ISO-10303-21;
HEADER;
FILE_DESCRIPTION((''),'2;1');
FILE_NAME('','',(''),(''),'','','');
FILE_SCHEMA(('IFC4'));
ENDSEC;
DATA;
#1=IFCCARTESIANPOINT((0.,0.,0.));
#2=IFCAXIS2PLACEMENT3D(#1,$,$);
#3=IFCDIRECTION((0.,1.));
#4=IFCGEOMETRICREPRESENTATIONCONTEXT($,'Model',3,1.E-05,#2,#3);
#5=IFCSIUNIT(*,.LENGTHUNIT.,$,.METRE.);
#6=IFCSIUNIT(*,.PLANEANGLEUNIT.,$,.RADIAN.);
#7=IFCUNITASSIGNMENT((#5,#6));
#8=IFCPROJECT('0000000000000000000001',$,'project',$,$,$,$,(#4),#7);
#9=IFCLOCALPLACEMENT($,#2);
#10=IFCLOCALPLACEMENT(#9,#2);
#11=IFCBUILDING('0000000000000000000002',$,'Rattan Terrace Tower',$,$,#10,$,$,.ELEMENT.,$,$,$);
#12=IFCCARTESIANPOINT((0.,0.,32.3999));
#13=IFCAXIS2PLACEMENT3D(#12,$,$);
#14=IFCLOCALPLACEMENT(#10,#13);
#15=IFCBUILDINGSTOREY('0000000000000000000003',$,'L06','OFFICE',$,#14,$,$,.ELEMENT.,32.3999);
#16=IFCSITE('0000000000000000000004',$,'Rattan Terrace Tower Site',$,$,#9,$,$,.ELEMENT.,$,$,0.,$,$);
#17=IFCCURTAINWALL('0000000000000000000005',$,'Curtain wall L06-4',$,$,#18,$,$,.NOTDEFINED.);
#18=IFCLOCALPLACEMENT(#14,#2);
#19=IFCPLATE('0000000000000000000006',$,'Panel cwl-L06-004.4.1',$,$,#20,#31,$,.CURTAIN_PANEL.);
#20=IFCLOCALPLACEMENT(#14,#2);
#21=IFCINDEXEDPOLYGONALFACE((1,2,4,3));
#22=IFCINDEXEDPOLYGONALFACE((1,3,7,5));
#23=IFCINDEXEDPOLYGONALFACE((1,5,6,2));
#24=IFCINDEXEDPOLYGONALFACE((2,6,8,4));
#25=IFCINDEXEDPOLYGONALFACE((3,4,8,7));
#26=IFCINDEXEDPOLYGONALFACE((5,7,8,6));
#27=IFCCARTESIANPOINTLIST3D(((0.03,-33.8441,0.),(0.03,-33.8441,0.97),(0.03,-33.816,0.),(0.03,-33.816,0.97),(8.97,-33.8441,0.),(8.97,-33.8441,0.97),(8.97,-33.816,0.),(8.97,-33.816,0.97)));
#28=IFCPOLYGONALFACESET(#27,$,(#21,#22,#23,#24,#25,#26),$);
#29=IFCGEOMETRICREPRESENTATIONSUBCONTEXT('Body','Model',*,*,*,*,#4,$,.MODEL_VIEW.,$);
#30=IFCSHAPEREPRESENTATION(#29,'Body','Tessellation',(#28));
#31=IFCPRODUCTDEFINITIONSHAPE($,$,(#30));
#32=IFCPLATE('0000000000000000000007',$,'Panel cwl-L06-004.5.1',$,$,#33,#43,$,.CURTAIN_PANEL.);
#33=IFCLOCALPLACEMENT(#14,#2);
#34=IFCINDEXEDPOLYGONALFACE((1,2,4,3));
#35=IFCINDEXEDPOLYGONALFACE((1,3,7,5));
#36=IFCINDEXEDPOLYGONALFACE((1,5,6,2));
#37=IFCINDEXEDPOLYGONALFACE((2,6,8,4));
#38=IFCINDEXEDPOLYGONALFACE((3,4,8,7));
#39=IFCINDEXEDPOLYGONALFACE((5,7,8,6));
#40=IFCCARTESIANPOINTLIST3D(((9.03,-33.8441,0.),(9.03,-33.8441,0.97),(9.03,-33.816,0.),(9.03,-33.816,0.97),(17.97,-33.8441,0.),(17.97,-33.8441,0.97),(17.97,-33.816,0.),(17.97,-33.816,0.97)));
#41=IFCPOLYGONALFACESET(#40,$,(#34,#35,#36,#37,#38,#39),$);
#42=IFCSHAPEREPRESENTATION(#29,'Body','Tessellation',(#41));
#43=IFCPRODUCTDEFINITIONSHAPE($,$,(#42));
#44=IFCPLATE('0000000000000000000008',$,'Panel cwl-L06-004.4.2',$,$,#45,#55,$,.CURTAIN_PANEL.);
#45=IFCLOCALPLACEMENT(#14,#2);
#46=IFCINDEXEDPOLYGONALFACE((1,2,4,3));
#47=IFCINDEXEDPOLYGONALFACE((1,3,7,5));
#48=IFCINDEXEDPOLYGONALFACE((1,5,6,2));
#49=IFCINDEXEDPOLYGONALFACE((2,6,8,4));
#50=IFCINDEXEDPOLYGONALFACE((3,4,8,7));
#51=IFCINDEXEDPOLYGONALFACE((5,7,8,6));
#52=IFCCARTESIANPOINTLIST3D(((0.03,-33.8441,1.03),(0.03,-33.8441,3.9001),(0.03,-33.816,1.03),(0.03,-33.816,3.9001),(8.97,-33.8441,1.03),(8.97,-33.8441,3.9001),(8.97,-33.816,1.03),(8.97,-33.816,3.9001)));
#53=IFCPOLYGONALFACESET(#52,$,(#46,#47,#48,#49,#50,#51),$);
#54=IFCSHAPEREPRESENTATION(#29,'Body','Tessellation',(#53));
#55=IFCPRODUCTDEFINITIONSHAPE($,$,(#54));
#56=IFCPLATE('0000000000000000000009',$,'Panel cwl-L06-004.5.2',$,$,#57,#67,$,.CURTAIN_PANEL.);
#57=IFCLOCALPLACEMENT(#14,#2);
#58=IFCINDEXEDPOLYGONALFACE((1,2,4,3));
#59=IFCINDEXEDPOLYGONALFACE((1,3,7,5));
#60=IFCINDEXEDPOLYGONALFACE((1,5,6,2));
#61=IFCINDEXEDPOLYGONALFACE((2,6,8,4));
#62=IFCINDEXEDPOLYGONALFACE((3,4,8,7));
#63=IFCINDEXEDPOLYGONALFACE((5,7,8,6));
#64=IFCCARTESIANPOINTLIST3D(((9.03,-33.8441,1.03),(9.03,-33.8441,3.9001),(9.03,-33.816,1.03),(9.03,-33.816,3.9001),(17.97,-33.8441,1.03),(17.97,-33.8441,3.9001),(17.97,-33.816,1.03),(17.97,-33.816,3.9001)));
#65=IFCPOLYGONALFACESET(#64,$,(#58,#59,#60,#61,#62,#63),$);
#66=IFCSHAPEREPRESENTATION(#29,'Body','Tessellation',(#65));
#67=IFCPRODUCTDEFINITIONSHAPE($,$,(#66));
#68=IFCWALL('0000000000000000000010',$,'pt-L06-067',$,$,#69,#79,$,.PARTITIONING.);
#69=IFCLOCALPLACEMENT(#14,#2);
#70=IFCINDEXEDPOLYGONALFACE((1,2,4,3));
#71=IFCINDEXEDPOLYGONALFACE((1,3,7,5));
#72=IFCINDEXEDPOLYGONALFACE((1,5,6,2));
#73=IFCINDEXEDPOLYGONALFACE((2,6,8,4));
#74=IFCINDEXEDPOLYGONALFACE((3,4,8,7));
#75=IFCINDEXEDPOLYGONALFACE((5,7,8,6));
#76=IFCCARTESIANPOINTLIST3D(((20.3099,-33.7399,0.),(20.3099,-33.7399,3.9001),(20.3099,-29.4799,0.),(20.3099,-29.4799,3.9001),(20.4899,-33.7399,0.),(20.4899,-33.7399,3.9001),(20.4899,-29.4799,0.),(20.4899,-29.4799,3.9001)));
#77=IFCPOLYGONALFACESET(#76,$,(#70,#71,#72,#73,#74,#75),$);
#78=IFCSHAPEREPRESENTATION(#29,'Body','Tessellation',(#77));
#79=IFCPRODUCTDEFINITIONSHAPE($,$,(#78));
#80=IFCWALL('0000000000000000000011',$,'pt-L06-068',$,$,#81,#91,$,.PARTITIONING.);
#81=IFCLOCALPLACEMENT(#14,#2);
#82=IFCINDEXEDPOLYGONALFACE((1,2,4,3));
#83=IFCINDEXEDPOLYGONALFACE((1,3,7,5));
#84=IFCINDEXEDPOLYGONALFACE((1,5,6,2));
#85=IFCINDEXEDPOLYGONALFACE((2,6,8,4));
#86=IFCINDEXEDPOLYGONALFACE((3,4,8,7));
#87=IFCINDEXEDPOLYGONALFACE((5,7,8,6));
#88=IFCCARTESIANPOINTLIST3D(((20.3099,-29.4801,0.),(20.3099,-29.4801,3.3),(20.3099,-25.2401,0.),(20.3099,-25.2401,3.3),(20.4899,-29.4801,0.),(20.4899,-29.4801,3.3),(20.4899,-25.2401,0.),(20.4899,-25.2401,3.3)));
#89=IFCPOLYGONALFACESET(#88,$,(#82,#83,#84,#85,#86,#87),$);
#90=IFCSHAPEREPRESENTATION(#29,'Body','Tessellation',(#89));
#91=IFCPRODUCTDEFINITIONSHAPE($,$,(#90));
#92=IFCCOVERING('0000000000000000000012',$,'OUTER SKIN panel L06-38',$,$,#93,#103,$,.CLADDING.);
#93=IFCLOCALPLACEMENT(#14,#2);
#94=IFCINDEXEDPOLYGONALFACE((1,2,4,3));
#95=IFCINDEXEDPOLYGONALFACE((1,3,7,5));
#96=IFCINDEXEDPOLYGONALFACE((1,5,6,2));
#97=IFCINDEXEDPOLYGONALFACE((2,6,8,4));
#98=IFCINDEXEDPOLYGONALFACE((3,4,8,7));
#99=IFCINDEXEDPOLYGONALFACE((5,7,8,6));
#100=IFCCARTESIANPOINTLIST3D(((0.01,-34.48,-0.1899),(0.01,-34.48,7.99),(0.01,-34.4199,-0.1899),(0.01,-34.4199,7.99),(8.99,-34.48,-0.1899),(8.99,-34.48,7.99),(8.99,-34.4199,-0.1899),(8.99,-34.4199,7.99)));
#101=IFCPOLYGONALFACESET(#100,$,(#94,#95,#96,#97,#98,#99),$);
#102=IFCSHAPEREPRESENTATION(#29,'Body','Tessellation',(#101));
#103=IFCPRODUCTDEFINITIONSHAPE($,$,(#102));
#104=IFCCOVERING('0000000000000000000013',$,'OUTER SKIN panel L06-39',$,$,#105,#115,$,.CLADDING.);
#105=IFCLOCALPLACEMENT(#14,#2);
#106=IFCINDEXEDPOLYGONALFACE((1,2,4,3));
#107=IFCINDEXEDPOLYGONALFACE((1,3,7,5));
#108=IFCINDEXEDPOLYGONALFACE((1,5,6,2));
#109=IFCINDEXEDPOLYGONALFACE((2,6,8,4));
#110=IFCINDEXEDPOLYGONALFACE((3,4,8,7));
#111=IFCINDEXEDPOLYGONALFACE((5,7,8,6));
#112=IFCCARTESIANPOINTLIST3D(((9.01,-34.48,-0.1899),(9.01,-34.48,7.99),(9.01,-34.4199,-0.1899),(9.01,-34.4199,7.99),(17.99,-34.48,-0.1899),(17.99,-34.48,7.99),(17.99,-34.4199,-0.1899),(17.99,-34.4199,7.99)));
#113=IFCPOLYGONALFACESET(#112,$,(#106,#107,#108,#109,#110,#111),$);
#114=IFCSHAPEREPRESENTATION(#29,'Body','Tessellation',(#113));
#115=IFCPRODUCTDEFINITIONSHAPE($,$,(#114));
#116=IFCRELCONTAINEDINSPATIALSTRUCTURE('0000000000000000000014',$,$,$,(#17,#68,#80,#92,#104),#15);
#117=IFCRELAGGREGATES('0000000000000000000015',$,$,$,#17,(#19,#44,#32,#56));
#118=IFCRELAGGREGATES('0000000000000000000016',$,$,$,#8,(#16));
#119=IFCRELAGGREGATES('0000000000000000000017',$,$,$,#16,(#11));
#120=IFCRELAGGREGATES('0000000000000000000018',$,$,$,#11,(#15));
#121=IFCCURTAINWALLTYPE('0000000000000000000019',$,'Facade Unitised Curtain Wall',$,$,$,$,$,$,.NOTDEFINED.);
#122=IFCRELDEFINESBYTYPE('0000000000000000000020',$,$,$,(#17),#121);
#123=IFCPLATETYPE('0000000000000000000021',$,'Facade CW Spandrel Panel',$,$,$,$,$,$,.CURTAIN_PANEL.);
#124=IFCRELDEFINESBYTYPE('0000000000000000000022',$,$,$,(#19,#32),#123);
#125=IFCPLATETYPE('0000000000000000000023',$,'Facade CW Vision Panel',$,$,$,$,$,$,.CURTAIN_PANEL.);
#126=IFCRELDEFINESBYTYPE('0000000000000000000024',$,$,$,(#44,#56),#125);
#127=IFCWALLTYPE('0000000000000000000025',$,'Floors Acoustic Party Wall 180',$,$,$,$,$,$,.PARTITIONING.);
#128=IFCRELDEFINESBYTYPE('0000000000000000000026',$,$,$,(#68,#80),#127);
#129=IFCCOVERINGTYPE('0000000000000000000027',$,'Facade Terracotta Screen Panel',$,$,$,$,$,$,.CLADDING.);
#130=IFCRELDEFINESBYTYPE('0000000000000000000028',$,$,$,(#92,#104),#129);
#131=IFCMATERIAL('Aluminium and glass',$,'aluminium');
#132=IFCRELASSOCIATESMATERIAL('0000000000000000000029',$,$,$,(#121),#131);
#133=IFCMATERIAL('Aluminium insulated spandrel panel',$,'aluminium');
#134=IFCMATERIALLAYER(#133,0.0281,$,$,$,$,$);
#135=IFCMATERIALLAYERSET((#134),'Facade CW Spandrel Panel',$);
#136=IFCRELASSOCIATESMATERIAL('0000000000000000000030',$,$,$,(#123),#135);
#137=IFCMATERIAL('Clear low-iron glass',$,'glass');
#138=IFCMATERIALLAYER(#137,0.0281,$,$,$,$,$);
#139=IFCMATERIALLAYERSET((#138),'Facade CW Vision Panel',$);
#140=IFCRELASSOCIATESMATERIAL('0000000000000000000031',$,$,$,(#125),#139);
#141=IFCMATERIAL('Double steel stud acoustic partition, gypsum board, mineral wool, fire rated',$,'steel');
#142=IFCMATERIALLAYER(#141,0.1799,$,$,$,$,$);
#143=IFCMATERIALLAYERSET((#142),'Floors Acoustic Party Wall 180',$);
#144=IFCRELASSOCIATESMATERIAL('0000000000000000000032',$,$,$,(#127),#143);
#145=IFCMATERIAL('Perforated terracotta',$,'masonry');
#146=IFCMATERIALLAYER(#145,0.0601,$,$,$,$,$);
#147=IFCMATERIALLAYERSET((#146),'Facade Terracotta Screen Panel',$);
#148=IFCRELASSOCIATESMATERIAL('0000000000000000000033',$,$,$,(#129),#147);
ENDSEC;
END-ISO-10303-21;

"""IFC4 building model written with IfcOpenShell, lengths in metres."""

from ifc_helpers import new_model, si_unit, direction, frame, frame_2d, origin, origin_2d, place, context, subcontext, project, spatial, rectangle, extrude, material, layer, layer_set, type_object, element, aggregate, save


model = new_model("IFC4")

# Units and contexts
model_context = context("Model", 3, precision=1e-05, world=origin(), true_north=direction((0.0, 1.0)))
body_context = subcontext(model_context, "Body", "Model", "MODEL_VIEW")
ifc_project = project(units=[si_unit("LENGTHUNIT", "METRE"), si_unit("PLANEANGLEUNIT", "RADIAN")], contexts=[model_context])

# Site, building, storey
site_placement = place(None, origin())
site = spatial("IfcSite", under=ifc_project, at=site_placement, Name="Rattan Terrace Tower Site", CompositionType="ELEMENT", RefElevation=0.0)
building_placement = place(site_placement, origin())
building = spatial("IfcBuilding", under=site, at=building_placement, Name="Rattan Terrace Tower", CompositionType="ELEMENT")
storey_placement = place(building_placement, frame((0.0, 0.0, 32.3999)))
storey = spatial("IfcBuildingStorey", under=building, at=storey_placement, Name="L06", Description="OFFICE", CompositionType="ELEMENT", Elevation=32.3999)

# Curtain wall
ifc_material_1 = material(Name="Aluminium and glass", Category="aluminium")
curtain_wall_type = type_object("IfcCurtainWallType", Name="Facade Unitised Curtain Wall", PredefinedType="NOTDEFINED", material=ifc_material_1)
curtain_wall_placement = place(storey_placement, origin())
curtain_wall = element("IfcCurtainWall", 1, at=curtain_wall_placement, inside=storey, type_object=curtain_wall_type, Name="Curtain wall L06-4", PredefinedType="NOTDEFINED")

# Plates
ifc_material_2 = material(Name="Aluminium insulated spandrel panel", Category="aluminium")
ifc_layer_1 = layer(ifc_material_2, 0.0281)
ifc_layer_set_1 = layer_set([ifc_layer_1], Name="Facade CW Spandrel Panel")
plate_type_1 = type_object("IfcPlateType", Name="Facade CW Spandrel Panel", PredefinedType="CURTAIN_PANEL", material=ifc_layer_set_1)
plate_1_placement = place(storey_placement, frame((4.5, -33.8301, 0.0), z_axis=(0.0, 0.0, 1.0), x_axis=(1.0, 0.0, 0.0)))
plate_1 = element("IfcPlate", 2, at=plate_1_placement, type_object=plate_type_1, Name="Panel cwl-L06-004.4.1", PredefinedType="CURTAIN_PANEL", context=body_context, shape_type="SweptSolid", body=[
    extrude(rectangle(XDim=8.9399, YDim=0.0281, at=origin_2d()), origin(), (0.0, 0.0, 1.0), 0.97),
])
plate_2_placement = place(storey_placement, frame((13.5, -33.8301, 0.0), z_axis=(0.0, 0.0, 1.0), x_axis=(1.0, 0.0, 0.0)))
plate_2 = element("IfcPlate", 3, at=plate_2_placement, type_object=plate_type_1, Name="Panel cwl-L06-004.5.1", PredefinedType="CURTAIN_PANEL", context=body_context, shape_type="SweptSolid", body=[
    extrude(rectangle(XDim=8.9399, YDim=0.0281, at=origin_2d()), origin(), (0.0, 0.0, 1.0), 0.97),
])
ifc_material_3 = material(Name="Clear low-iron glass", Category="glass")
ifc_layer_2 = layer(ifc_material_3, 0.0281)
ifc_layer_set_2 = layer_set([ifc_layer_2], Name="Facade CW Vision Panel")
plate_type_2 = type_object("IfcPlateType", Name="Facade CW Vision Panel", PredefinedType="CURTAIN_PANEL", material=ifc_layer_set_2)
plate_3_placement = place(storey_placement, frame((4.5, -33.8301, 1.03), z_axis=(0.0, 0.0, 1.0), x_axis=(1.0, 0.0, 0.0)))
plate_3 = element("IfcPlate", 4, at=plate_3_placement, type_object=plate_type_2, Name="Panel cwl-L06-004.4.2", PredefinedType="CURTAIN_PANEL", context=body_context, shape_type="SweptSolid", body=[
    extrude(rectangle(XDim=8.9399, YDim=0.0281, at=origin_2d()), origin(), (0.0, 0.0, 1.0), 2.8701),
])
plate_4_placement = place(storey_placement, frame((13.5, -33.8301, 1.03), z_axis=(0.0, 0.0, 1.0), x_axis=(1.0, 0.0, 0.0)))
plate_4 = element("IfcPlate", 5, at=plate_4_placement, type_object=plate_type_2, Name="Panel cwl-L06-004.5.2", PredefinedType="CURTAIN_PANEL", context=body_context, shape_type="SweptSolid", body=[
    extrude(rectangle(XDim=8.9399, YDim=0.0281, at=origin_2d()), origin(), (0.0, 0.0, 1.0), 2.8701),
])
aggregate(curtain_wall, [plate_1, plate_3, plate_2, plate_4])

# Walls
ifc_material_4 = material(Name="Double steel stud acoustic partition, gypsum board, mineral wool, fire rated", Category="steel")
ifc_layer_3 = layer(ifc_material_4, 0.1799)
ifc_layer_set_3 = layer_set([ifc_layer_3], Name="Floors Acoustic Party Wall 180")
wall_type = type_object("IfcWallType", Name="Floors Acoustic Party Wall 180", PredefinedType="PARTITIONING", material=ifc_layer_set_3)
wall_1_placement = place(storey_placement, frame((20.3999, -29.48, 0.0), z_axis=(0.0, 0.0, 1.0), x_axis=(0.0, -1.0, 0.0)))
element("IfcWall", 6, at=wall_1_placement, inside=storey, type_object=wall_type, Name="pt-L06-067", PredefinedType="PARTITIONING", context=body_context, shape_type="SweptSolid", body=[
    extrude(rectangle(XDim=4.26, YDim=0.1799, at=frame_2d((2.1299, 0.0))), origin(), (0.0, 0.0, 1.0), 3.9001),
])
wall_2_placement = place(storey_placement, frame((20.3999, -25.24, 0.0), z_axis=(0.0, 0.0, 1.0), x_axis=(0.0, -1.0, 0.0)))
element("IfcWall", 7, at=wall_2_placement, inside=storey, type_object=wall_type, Name="pt-L06-068", PredefinedType="PARTITIONING", context=body_context, shape_type="SweptSolid", body=[
    extrude(rectangle(XDim=4.24, YDim=0.1799, at=frame_2d((2.1201, 0.0))), origin(), (0.0, 0.0, 1.0), 3.3),
])

# Coverings
ifc_material_5 = material(Name="Perforated terracotta", Category="masonry")
ifc_layer_4 = layer(ifc_material_5, 0.0601)
ifc_layer_set_4 = layer_set([ifc_layer_4], Name="Facade Terracotta Screen Panel")
covering_type = type_object("IfcCoveringType", Name="Facade Terracotta Screen Panel", PredefinedType="CLADDING", material=ifc_layer_set_4)
for number, where, z_axis, x_axis, name in (
    (8, (4.5, -34.45, -0.1899), (0.0, 0.0, 1.0), (1.0, 0.0, 0.0), "OUTER SKIN panel L06-38"),
    (9, (13.5, -34.45, -0.1899), (0.0, 0.0, 1.0), (1.0, 0.0, 0.0), "OUTER SKIN panel L06-39"),
):
    element("IfcCovering", number, at=place(storey_placement, frame(where, z_axis=z_axis, x_axis=x_axis)), inside=storey, type_object=covering_type, Name=name, PredefinedType="CLADDING", context=body_context, shape_type="SweptSolid", body=[
        extrude(rectangle(XDim=8.98, YDim=0.0601, at=origin_2d()), origin(), (0.0, 0.0, 1.0), 8.1799),
    ])

save(model, "model.ifc")
